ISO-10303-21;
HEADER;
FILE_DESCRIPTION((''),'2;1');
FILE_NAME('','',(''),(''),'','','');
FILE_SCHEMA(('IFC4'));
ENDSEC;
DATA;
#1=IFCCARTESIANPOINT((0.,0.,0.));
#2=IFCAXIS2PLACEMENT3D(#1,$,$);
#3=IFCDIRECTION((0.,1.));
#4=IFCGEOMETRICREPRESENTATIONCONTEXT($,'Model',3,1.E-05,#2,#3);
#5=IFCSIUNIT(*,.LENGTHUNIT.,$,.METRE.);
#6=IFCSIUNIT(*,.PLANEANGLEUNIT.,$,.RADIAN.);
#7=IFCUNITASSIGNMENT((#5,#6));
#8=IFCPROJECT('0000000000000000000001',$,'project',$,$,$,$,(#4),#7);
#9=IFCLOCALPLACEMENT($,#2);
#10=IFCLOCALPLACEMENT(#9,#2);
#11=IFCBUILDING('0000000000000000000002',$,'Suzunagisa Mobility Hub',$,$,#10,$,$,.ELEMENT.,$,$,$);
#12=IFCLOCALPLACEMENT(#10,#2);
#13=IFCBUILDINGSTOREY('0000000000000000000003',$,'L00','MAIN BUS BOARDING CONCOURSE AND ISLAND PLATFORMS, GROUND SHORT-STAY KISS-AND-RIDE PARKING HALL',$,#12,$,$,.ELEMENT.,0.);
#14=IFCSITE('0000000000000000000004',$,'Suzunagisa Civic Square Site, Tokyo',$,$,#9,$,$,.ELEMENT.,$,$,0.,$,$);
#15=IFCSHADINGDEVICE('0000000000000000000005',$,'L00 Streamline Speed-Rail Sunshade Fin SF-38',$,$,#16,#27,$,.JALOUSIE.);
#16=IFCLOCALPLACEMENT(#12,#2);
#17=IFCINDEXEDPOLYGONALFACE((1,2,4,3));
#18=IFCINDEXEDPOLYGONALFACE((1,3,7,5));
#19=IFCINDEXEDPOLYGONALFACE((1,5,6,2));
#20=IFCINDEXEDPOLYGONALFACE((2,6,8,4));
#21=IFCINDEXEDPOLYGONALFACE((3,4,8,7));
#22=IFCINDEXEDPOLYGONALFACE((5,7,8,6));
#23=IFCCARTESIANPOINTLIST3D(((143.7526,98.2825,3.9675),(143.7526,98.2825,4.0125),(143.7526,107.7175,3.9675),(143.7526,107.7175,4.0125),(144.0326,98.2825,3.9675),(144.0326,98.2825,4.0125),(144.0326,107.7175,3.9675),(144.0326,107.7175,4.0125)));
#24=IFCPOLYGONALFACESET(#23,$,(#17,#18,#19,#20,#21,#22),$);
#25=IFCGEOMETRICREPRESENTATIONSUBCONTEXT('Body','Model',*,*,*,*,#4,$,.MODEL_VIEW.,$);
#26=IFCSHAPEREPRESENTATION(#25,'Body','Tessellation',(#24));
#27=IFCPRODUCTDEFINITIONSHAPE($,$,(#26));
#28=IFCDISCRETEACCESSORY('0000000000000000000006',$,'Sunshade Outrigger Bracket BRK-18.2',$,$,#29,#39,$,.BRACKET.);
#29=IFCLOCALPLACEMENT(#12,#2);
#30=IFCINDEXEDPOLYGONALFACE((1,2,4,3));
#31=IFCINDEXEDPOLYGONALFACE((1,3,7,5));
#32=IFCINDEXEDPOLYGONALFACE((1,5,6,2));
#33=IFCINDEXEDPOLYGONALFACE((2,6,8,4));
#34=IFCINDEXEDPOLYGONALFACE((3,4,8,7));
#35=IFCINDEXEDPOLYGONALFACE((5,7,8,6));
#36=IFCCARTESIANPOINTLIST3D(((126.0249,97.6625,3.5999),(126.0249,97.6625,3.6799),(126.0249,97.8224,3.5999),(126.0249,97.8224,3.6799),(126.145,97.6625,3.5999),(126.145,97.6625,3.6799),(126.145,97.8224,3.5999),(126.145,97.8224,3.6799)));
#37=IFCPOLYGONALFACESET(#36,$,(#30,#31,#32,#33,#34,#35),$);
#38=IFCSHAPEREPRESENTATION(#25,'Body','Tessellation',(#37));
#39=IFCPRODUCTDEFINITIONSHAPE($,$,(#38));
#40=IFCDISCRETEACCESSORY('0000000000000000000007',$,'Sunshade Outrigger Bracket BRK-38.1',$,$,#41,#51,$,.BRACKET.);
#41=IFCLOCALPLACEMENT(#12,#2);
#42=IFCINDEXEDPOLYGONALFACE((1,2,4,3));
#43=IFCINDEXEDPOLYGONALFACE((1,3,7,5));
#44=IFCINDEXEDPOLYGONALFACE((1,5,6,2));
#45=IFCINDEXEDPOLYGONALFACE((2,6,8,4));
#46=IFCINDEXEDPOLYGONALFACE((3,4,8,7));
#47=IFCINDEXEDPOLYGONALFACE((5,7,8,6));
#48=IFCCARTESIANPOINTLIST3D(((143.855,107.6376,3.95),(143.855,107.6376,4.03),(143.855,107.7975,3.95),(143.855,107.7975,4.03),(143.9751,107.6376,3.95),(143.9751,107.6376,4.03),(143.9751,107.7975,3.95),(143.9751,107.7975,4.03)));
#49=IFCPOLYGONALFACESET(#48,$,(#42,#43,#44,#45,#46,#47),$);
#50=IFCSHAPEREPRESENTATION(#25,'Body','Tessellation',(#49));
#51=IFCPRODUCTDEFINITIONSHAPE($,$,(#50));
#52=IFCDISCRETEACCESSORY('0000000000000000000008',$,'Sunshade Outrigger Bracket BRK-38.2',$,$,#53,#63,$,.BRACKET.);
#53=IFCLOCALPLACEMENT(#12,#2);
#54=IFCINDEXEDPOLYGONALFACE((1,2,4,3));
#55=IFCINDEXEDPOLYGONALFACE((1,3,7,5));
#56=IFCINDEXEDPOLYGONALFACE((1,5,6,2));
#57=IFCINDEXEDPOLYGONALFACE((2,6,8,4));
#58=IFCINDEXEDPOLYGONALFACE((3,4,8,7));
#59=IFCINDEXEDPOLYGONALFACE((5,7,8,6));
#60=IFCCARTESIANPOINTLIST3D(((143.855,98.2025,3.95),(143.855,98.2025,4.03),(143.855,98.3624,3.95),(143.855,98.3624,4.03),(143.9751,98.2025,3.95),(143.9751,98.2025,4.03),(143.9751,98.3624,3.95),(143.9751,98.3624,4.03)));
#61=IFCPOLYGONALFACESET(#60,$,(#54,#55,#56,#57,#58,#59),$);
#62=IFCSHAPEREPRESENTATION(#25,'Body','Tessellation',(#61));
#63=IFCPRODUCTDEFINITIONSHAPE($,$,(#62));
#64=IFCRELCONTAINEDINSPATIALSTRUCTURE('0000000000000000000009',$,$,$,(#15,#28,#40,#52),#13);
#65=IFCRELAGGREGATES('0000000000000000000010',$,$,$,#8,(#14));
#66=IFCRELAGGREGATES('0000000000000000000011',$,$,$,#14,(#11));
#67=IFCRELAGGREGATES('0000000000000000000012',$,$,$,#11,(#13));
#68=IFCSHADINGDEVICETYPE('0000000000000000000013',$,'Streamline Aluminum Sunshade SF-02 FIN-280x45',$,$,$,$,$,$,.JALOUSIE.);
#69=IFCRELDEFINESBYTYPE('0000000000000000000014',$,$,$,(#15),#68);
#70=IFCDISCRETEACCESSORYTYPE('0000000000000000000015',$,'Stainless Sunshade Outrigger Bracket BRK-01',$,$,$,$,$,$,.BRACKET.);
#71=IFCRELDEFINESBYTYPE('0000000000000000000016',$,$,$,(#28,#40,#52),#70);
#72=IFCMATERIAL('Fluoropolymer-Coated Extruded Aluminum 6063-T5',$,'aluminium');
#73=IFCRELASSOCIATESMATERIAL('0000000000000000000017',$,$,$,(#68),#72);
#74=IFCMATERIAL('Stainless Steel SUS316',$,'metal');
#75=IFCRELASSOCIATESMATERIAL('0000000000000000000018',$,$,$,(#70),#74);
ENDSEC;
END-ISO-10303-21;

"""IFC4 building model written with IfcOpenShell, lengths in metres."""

from ifc_helpers import new_model, si_unit, direction, frame, origin, origin_2d, place, context, subcontext, project, spatial, rectangle, extrude, material, material_profile, profile_set, type_object, element, save


model = new_model("IFC4")

# Units and contexts
model_context = context("Model", 3, precision=1e-05, world=origin(), true_north=direction((0.0, 1.0)))
body_context = subcontext(model_context, "Body", "Model", "MODEL_VIEW")
ifc_project = project(units=[si_unit("LENGTHUNIT", "METRE"), si_unit("PLANEANGLEUNIT", "RADIAN")], contexts=[model_context])

# Site, building, storey
site_placement = place(None, origin())
site = spatial("IfcSite", under=ifc_project, at=site_placement, Name="Suzunagisa Civic Square Site, Tokyo", CompositionType="ELEMENT", RefElevation=0.0)
building_placement = place(site_placement, origin())
building = spatial("IfcBuilding", under=site, at=building_placement, Name="Suzunagisa Mobility Hub", CompositionType="ELEMENT")
storey_placement = place(building_placement, origin())
storey = spatial("IfcBuildingStorey", under=building, at=storey_placement, Name="L00", Description="MAIN BUS BOARDING CONCOURSE AND ISLAND PLATFORMS, GROUND SHORT-STAY KISS-AND-RIDE PARKING HALL", CompositionType="ELEMENT", Elevation=0.0)

# Shading device
ifc_material_1 = material(Name="Fluoropolymer-Coated Extruded Aluminum 6063-T5", Category="aluminium")
ifc_material_profile_1 = material_profile(ifc_material_1, rectangle(XDim=0.28, YDim=0.0449, at=origin_2d()), Name="FIN-280x45")
ifc_profile_set_1 = profile_set([ifc_material_profile_1], Name="Fluoropolymer-Coated Extruded Aluminum 6063-T5")
shading_device_type = type_object("IfcShadingDeviceType", Name="Streamline Aluminum Sunshade SF-02 FIN-280x45", PredefinedType="JALOUSIE", material=ifc_profile_set_1)
shading_device_placement = place(storey_placement, frame((143.8926, 107.7175, 3.99), z_axis=(0.0, -1.0, 0.0), x_axis=(1.0, 0.0, 0.0)))
element("IfcShadingDevice", 1, at=shading_device_placement, inside=storey, type_object=shading_device_type, Name="L00 Streamline Speed-Rail Sunshade Fin SF-38", PredefinedType="JALOUSIE", context=body_context, shape_type="SweptSolid", body=[
    extrude(rectangle(XDim=0.28, YDim=0.0449, at=origin_2d()), origin(), (0.0, 0.0, 1.0), 9.4351),
])

# Discrete accessories
ifc_material_2 = material(Name="Stainless Steel SUS316", Category="metal")
discrete_accessory_type = type_object("IfcDiscreteAccessoryType", Name="Stainless Sunshade Outrigger Bracket BRK-01", PredefinedType="BRACKET", material=ifc_material_2)
for number, where, z_axis, x_axis, name in (
    (2, (126.085, 97.7424, 3.5999), (0.0, 0.0, 1.0), (0.0, 1.0, 0.0), "Sunshade Outrigger Bracket BRK-18.2"),
    (3, (143.915, 107.7175, 3.95), (0.0, 0.0, 1.0), (0.0, -1.0, 0.0), "Sunshade Outrigger Bracket BRK-38.1"),
    (4, (143.915, 98.2825, 3.95), (0.0, 0.0, 1.0), (0.0, -1.0, 0.0), "Sunshade Outrigger Bracket BRK-38.2"),
):
    element("IfcDiscreteAccessory", number, at=place(storey_placement, frame(where, z_axis=z_axis, x_axis=x_axis)), inside=storey, type_object=discrete_accessory_type, Name=name, PredefinedType="BRACKET", context=body_context, shape_type="SweptSolid", body=[
        extrude(rectangle(XDim=0.1599, YDim=0.1201, at=origin_2d()), origin(), (0.0, 0.0, 1.0), 0.0801),
    ])

save(model, "model.ifc")
